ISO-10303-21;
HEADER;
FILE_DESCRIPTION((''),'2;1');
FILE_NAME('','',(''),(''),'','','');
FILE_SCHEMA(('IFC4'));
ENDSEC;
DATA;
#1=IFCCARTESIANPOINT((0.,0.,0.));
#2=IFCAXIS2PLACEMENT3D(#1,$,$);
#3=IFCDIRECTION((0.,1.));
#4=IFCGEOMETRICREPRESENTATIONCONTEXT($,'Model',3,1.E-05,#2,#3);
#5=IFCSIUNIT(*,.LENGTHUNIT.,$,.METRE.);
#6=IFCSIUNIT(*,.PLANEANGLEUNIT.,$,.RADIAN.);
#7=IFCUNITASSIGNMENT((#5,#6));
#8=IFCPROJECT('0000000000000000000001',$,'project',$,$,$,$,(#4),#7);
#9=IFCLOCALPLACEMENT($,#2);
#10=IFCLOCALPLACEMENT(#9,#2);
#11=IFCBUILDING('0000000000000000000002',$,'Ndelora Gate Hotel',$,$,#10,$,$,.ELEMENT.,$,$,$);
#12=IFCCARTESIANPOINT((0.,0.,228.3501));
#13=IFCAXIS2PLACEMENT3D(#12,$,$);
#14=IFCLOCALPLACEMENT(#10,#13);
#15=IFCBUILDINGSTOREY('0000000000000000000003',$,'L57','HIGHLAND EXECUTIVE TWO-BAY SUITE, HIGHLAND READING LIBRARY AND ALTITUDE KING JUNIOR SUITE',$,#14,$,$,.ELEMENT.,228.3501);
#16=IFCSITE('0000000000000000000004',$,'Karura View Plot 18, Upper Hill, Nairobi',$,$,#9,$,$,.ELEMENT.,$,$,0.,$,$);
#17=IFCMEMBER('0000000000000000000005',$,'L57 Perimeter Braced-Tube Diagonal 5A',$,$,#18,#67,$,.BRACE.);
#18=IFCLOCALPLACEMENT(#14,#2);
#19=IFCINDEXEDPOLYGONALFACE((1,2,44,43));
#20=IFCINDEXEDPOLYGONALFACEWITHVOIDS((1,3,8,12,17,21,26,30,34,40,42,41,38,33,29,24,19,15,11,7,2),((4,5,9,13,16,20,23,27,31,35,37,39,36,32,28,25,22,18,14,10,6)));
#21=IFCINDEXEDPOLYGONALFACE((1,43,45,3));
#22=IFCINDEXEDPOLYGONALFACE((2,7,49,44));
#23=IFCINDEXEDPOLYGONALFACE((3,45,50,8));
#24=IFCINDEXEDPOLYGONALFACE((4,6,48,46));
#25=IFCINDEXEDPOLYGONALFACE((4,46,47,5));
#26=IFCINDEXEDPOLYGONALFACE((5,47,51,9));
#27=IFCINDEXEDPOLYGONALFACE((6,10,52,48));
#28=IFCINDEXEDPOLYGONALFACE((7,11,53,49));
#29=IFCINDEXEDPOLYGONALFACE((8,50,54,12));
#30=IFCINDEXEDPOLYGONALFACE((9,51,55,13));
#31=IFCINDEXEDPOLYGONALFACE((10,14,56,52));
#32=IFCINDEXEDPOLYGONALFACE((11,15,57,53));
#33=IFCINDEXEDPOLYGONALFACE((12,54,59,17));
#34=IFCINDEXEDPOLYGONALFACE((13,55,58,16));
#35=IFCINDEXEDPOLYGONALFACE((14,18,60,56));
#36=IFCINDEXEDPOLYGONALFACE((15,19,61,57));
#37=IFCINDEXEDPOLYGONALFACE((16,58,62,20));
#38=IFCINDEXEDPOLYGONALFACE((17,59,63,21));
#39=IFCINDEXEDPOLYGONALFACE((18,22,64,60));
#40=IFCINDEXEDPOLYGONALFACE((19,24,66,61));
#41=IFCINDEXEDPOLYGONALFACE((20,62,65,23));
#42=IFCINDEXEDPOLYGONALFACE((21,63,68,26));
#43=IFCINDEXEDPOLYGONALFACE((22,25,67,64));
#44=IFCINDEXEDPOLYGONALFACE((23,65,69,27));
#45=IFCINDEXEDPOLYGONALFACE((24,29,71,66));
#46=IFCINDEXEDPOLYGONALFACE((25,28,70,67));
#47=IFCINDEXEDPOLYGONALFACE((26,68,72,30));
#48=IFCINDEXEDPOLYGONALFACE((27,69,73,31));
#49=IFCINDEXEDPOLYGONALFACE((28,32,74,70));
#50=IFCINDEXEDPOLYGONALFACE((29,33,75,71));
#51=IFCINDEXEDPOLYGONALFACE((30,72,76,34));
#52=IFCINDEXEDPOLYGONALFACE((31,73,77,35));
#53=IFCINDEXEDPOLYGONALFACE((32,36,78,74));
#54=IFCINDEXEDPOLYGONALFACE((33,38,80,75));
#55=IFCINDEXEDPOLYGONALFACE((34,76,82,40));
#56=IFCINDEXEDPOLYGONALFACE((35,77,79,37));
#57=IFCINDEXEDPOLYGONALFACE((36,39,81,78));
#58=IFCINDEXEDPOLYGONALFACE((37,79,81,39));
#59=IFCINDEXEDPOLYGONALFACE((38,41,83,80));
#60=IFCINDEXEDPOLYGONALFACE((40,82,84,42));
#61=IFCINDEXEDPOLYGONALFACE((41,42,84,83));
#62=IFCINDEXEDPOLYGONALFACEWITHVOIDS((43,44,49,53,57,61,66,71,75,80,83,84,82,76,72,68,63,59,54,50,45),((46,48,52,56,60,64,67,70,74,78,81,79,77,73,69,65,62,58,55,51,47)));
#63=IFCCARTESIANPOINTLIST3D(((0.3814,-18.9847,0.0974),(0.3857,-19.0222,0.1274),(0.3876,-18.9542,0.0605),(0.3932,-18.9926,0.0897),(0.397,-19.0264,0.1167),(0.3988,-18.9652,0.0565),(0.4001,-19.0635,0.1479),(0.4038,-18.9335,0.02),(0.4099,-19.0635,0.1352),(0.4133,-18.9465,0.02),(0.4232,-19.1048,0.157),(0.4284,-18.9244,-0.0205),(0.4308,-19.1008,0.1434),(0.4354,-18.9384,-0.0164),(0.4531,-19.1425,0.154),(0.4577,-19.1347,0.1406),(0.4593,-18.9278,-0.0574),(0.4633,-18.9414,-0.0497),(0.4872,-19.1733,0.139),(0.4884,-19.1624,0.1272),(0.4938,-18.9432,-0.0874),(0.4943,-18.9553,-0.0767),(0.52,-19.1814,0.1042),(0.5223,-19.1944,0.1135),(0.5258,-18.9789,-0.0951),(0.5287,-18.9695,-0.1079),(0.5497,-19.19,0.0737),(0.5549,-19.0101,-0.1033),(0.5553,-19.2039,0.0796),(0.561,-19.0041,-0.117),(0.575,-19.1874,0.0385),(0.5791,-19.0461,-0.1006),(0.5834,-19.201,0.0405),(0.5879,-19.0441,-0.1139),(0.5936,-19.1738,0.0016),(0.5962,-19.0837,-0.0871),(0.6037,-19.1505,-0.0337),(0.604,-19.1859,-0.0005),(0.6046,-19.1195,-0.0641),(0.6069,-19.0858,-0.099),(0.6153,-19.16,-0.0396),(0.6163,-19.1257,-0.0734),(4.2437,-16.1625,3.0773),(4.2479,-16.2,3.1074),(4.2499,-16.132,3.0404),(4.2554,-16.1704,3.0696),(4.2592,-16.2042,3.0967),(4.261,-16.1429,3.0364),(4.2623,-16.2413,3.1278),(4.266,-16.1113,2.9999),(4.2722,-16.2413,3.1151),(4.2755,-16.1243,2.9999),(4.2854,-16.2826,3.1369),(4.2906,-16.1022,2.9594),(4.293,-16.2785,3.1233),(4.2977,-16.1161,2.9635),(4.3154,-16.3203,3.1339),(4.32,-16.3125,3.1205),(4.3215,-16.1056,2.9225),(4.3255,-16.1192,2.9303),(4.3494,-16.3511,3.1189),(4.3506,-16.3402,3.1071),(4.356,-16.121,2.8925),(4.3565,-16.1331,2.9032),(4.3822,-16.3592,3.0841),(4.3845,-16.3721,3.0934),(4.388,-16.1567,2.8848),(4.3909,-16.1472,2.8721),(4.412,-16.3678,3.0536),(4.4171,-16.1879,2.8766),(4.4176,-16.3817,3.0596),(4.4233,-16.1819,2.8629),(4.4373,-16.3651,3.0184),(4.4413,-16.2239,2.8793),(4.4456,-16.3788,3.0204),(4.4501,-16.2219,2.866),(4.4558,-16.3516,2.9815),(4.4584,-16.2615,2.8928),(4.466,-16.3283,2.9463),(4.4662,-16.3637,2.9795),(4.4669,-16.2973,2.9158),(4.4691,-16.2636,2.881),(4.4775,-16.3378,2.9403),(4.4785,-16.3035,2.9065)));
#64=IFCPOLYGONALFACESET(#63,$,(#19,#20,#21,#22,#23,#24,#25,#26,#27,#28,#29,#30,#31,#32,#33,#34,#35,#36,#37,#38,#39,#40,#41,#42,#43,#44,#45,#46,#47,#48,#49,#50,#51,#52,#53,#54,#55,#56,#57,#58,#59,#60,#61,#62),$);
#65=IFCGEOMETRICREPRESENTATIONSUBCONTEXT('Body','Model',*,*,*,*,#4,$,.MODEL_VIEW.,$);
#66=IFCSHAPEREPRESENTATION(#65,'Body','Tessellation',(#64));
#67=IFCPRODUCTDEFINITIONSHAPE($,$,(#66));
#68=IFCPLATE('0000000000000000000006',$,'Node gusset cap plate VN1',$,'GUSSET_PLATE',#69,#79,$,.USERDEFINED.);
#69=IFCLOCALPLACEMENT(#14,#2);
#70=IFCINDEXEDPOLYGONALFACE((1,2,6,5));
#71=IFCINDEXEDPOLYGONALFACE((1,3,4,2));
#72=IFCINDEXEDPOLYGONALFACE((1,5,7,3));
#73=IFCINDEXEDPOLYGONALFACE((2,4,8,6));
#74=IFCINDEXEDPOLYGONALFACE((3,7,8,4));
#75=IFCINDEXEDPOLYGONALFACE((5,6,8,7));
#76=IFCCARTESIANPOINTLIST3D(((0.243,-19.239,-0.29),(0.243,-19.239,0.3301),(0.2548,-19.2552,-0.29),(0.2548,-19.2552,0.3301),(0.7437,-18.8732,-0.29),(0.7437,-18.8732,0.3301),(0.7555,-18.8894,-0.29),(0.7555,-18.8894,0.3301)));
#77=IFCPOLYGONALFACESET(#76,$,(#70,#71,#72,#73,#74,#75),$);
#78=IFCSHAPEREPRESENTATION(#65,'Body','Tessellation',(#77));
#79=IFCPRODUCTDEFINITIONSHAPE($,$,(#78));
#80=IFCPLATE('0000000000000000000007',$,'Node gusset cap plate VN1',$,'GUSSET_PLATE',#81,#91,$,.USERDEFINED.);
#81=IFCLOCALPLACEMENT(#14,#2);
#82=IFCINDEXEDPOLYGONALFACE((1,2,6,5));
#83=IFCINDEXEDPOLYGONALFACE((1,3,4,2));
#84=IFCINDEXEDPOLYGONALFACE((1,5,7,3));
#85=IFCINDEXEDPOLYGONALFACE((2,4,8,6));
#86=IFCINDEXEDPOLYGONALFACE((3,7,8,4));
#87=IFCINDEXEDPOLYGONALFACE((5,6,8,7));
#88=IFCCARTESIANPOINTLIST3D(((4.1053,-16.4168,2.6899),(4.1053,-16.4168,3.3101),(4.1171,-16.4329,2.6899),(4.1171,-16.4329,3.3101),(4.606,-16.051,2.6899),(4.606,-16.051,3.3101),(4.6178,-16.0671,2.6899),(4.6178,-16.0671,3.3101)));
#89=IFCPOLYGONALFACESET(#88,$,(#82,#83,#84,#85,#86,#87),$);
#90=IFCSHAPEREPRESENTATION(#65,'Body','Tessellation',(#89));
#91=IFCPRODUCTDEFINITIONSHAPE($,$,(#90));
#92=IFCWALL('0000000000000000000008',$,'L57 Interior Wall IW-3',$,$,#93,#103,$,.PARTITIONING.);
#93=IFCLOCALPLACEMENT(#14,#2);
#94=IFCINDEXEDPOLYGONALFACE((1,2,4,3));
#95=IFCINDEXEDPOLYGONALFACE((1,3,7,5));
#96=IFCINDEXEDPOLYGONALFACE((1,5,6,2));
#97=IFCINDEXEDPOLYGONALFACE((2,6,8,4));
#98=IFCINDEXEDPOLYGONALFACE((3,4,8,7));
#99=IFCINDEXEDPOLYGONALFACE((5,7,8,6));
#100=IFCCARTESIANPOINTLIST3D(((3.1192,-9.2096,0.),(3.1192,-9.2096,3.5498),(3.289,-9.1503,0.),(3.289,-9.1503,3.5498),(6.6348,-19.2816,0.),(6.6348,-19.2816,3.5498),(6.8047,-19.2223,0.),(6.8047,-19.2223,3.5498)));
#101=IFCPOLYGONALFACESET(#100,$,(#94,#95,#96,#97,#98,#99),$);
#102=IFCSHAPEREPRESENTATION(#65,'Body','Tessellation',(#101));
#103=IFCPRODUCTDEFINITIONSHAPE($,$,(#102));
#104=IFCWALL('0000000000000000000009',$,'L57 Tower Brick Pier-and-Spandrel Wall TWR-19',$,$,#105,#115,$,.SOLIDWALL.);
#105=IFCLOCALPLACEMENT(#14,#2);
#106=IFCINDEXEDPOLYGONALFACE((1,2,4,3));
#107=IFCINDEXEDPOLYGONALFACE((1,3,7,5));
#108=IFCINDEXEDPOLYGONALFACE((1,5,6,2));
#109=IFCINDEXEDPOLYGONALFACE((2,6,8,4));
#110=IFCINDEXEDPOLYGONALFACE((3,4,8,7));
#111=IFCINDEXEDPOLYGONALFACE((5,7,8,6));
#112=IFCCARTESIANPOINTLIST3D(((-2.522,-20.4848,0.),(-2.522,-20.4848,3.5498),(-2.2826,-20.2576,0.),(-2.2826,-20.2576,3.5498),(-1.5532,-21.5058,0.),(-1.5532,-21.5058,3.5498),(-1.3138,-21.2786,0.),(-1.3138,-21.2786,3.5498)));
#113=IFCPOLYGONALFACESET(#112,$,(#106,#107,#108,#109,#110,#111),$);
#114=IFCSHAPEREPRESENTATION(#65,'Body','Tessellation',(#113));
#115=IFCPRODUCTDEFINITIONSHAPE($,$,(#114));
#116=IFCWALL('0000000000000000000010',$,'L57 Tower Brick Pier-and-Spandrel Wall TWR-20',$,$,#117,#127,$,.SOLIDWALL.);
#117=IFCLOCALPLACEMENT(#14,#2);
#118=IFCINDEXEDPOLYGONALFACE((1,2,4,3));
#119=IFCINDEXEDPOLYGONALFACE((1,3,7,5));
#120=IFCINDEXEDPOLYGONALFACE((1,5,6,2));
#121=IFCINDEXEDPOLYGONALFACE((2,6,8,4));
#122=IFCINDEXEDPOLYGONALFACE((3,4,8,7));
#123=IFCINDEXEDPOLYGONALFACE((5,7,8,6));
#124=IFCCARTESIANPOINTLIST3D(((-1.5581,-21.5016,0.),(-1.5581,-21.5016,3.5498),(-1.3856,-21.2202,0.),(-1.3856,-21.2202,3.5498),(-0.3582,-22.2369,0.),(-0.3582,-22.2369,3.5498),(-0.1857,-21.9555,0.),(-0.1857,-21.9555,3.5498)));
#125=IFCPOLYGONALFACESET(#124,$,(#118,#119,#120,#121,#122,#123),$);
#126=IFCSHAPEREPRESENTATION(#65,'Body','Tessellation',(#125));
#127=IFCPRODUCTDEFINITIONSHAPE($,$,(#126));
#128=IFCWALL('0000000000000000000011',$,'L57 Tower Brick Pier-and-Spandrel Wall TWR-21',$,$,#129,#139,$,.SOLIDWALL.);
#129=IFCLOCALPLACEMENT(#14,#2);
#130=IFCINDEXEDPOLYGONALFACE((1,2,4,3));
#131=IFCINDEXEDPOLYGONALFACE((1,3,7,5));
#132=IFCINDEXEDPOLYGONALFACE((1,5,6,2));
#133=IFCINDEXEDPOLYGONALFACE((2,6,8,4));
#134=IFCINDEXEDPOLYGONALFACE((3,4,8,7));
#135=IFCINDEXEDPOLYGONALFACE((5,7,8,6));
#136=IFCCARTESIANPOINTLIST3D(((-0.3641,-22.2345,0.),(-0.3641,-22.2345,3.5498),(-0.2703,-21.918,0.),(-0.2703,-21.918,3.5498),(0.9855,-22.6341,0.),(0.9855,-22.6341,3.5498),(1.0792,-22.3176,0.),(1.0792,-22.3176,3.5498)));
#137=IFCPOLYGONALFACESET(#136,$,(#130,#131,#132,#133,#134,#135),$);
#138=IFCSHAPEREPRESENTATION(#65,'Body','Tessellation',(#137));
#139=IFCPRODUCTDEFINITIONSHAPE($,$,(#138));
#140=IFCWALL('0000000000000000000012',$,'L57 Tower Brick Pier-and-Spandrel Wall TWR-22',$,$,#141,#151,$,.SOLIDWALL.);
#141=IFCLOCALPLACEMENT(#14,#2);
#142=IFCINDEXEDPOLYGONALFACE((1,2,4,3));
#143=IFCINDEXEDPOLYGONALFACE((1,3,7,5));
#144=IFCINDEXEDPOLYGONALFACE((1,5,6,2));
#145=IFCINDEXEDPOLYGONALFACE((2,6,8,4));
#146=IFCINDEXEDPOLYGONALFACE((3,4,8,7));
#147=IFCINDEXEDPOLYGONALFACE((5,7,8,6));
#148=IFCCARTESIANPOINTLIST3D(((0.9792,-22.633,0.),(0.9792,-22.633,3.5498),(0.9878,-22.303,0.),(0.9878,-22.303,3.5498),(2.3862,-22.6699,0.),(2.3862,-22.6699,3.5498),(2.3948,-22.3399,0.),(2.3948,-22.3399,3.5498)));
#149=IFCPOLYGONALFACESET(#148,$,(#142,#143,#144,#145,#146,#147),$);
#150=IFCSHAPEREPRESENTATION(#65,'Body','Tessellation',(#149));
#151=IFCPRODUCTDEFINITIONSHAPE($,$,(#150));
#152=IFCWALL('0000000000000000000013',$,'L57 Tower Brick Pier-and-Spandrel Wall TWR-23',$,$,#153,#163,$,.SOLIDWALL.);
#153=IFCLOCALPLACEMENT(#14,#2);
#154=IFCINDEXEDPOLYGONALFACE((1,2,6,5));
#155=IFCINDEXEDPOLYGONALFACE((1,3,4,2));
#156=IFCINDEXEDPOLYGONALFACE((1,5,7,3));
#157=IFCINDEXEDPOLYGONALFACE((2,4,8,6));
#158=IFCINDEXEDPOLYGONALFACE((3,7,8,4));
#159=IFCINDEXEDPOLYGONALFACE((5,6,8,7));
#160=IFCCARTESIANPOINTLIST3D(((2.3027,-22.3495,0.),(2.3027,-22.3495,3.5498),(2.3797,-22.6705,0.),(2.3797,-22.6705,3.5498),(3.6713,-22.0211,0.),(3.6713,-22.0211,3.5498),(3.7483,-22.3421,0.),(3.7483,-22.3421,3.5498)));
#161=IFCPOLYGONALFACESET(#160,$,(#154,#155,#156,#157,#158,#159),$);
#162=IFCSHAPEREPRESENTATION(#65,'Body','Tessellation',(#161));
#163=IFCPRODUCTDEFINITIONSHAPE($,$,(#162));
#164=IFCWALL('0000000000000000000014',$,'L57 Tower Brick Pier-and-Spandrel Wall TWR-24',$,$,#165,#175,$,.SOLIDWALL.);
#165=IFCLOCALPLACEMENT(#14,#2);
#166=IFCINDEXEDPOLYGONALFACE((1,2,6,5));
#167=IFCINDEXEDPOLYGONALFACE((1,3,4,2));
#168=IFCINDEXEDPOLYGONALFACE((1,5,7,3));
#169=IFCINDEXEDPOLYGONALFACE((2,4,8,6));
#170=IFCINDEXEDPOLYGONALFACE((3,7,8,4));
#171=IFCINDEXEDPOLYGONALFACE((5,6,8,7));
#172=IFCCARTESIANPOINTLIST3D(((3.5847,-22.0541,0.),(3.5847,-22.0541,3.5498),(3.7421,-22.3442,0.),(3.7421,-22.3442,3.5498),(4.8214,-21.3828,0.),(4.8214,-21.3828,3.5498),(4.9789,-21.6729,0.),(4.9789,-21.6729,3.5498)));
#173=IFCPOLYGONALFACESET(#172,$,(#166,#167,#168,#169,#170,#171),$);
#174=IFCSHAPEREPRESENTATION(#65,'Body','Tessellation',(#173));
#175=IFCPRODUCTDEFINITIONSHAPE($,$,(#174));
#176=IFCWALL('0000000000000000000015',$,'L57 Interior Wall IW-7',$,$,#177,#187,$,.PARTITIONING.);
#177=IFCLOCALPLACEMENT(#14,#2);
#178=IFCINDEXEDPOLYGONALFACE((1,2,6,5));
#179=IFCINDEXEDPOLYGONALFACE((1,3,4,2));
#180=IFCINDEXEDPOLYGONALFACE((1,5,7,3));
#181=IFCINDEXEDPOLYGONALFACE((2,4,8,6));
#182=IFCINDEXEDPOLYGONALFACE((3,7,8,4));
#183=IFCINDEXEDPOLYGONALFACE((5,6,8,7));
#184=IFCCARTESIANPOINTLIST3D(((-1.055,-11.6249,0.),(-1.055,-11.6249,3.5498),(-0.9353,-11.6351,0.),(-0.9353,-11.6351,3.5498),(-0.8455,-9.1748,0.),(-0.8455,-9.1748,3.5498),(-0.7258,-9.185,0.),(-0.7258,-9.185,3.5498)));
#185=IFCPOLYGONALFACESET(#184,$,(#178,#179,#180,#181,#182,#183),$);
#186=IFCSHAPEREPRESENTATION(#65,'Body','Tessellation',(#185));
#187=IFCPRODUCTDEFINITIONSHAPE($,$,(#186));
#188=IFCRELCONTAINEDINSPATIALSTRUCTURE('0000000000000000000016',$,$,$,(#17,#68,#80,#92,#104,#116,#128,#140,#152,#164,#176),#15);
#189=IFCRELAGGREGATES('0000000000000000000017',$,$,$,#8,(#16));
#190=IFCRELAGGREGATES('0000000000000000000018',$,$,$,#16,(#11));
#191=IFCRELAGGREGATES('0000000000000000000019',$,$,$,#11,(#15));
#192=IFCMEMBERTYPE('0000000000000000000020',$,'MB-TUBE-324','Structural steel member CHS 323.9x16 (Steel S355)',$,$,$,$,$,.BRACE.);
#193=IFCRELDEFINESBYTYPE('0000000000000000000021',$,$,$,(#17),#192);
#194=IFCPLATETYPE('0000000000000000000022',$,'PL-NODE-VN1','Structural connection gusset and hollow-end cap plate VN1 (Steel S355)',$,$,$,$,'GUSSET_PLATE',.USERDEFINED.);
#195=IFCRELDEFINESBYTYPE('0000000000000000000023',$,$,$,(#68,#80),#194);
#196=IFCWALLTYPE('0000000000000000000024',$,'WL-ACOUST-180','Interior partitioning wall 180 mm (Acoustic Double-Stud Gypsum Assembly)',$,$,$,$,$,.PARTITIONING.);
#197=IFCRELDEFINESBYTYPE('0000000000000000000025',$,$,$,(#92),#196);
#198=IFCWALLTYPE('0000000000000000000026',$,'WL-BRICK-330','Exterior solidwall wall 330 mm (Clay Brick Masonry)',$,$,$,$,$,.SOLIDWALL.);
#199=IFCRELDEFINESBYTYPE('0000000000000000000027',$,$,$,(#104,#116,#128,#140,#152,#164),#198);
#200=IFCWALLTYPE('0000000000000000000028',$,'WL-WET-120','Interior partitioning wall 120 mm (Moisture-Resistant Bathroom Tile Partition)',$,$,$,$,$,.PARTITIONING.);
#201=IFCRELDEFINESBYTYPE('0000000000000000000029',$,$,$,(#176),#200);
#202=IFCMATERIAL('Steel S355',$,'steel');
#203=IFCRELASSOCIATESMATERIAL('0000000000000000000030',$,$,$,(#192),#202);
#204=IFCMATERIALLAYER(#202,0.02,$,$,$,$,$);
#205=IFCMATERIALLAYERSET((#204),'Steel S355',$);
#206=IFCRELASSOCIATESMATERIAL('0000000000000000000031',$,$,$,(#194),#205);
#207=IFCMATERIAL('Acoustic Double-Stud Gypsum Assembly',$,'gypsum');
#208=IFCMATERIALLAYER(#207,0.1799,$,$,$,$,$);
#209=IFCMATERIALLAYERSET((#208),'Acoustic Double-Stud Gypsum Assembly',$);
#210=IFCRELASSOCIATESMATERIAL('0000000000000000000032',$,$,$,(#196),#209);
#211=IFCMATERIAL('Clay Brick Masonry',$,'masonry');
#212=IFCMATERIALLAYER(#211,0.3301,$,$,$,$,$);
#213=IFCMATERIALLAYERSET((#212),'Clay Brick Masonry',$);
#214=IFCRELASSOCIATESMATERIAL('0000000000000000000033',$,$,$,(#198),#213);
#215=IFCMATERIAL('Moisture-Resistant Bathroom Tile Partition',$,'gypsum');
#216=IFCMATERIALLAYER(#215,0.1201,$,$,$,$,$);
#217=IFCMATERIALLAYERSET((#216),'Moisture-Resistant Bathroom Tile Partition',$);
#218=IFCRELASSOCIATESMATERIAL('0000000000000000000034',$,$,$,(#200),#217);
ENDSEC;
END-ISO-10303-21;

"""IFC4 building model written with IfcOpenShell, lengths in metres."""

from ifc_helpers import new_model, si_unit, direction, frame, frame_2d, origin, origin_2d, place, context, subcontext, project, spatial, rectangle, hollow_circle, extrude, material, layer, layer_set, material_profile, profile_set, type_object, element, save


model = new_model("IFC4")

# Units and contexts
model_context = context("Model", 3, precision=1e-05, world=origin(), true_north=direction((0.0, 1.0)))
body_context = subcontext(model_context, "Body", "Model", "MODEL_VIEW")
ifc_project = project(units=[si_unit("LENGTHUNIT", "METRE"), si_unit("PLANEANGLEUNIT", "RADIAN")], contexts=[model_context])

# Site, building, storey
site_placement = place(None, origin())
site = spatial("IfcSite", under=ifc_project, at=site_placement, Name="Karura View Plot 18, Upper Hill, Nairobi", CompositionType="ELEMENT", RefElevation=0.0)
building_placement = place(site_placement, origin())
building = spatial("IfcBuilding", under=site, at=building_placement, Name="Ndelora Gate Hotel", CompositionType="ELEMENT")
storey_placement = place(building_placement, frame((0.0, 0.0, 228.3501)))
storey = spatial("IfcBuildingStorey", under=building, at=storey_placement, Name="L57", Description="HIGHLAND EXECUTIVE TWO-BAY SUITE, HIGHLAND READING LIBRARY AND ALTITUDE KING JUNIOR SUITE", CompositionType="ELEMENT", Elevation=228.3501)

# Shared definitions
ifc_material_1 = material(Name="Steel S355", Category="steel")

# Member
ifc_material_profile_1 = material_profile(ifc_material_1, hollow_circle(Radius=0.1619, WallThickness=0.0161, at=origin_2d()), Name="CHS 323.9x16")
ifc_profile_set_1 = profile_set([ifc_material_profile_1], Name="Steel S355")
member_type = type_object("IfcMemberType", Name="MB-TUBE-324", Description="Structural steel member CHS 323.9x16 (Steel S355)", PredefinedType="BRACE", material=ifc_profile_set_1)
member_placement = place(storey_placement, frame((0.4993, -19.0642, 0.02), z_axis=(0.685309, 0.50077, 0.528754), x_axis=(-0.589991, 0.80741, 0.0)))
element("IfcMember", 1, at=member_placement, inside=storey, type_object=member_type, Name="L57 Perimeter Braced-Tube Diagonal 5A", PredefinedType="BRACE", context=body_context, shape_type="SweptSolid", body=[
    extrude(hollow_circle(Radius=0.1619, WallThickness=0.0161, at=origin_2d()), origin(), (0.0, 0.0, 1.0), 5.6357),
])

# Plates
ifc_layer_1 = layer(ifc_material_1, 0.02)
ifc_layer_set_1 = layer_set([ifc_layer_1], Name="Steel S355")
plate_type = type_object("IfcPlateType", Name="PL-NODE-VN1", Description="Structural connection gusset and hollow-end cap plate VN1 (Steel S355)", ElementType="GUSSET_PLATE", PredefinedType="USERDEFINED", material=ifc_layer_set_1)
for number, where, z_axis, x_axis, name in (
    (2, (0.4993, -19.0642, -0.29), (0.0, 0.0, 1.0), (0.807475, 0.589901, 0.0), "Node gusset cap plate VN1"),
    (3, (4.3616, -16.2419, 2.6899), (0.0, 0.0, 1.0), (0.807475, 0.589901, 0.0), "Node gusset cap plate VN1"),
):
    element("IfcPlate", number, at=place(storey_placement, frame(where, z_axis=z_axis, x_axis=x_axis)), inside=storey, type_object=plate_type, Name=name, ObjectType="GUSSET_PLATE", PredefinedType="USERDEFINED", context=body_context, shape_type="SweptSolid", body=[
        extrude(rectangle(XDim=0.6201, YDim=0.02, at=origin_2d()), origin(), (0.0, 0.0, 1.0), 0.6201),
    ])

# Walls
ifc_material_2 = material(Name="Acoustic Double-Stud Gypsum Assembly", Category="gypsum")
ifc_layer_2 = layer(ifc_material_2, 0.1799)
ifc_layer_set_2 = layer_set([ifc_layer_2], Name="Acoustic Double-Stud Gypsum Assembly")
wall_type_1 = type_object("IfcWallType", Name="WL-ACOUST-180", Description="Interior partitioning wall 180 mm (Acoustic Double-Stud Gypsum Assembly)", PredefinedType="PARTITIONING", material=ifc_layer_set_2)
wall_1_placement = place(storey_placement, frame((3.2041, -9.1799, 0.0), z_axis=(0.0, 0.0, 1.0), x_axis=(0.32955, -0.944138, 0.0)))
element("IfcWall", 4, at=wall_1_placement, inside=storey, type_object=wall_type_1, Name="L57 Interior Wall IW-3", PredefinedType="PARTITIONING", context=body_context, shape_type="SweptSolid", body=[
    extrude(rectangle(XDim=10.668, YDim=0.1799, at=frame_2d((5.334, 0.0))), origin(), (0.0, 0.0, 1.0), 3.5498),
])
ifc_material_3 = material(Name="Clay Brick Masonry", Category="masonry")
ifc_layer_3 = layer(ifc_material_3, 0.3301)
ifc_layer_set_3 = layer_set([ifc_layer_3], Name="Clay Brick Masonry")
wall_type_2 = type_object("IfcWallType", Name="WL-BRICK-330", Description="Exterior solidwall wall 330 mm (Clay Brick Masonry)", PredefinedType="SOLIDWALL", material=ifc_layer_set_3)
wall_2_placement = place(storey_placement, frame((-1.4336, -21.3921, 0.0), z_axis=(0.0, 0.0, 1.0), x_axis=(-0.688303, 0.725424, 0.0)))
element("IfcWall", 5, at=wall_2_placement, inside=storey, type_object=wall_type_2, Name="L57 Tower Brick Pier-and-Spandrel Wall TWR-19", PredefinedType="SOLIDWALL", context=body_context, shape_type="SweptSolid", body=[
    extrude(rectangle(XDim=1.4075, YDim=0.3301, at=frame_2d((0.7036, 0.0))), origin(), (0.0, 0.0, 1.0), 3.5498),
])
wall_3_placement = place(storey_placement, frame((-0.272, -22.0962, 0.0), z_axis=(0.0, 0.0, 1.0), x_axis=(-0.852634, 0.522509, 0.0)))
element("IfcWall", 6, at=wall_3_placement, inside=storey, type_object=wall_type_2, Name="L57 Tower Brick Pier-and-Spandrel Wall TWR-20", PredefinedType="SOLIDWALL", context=body_context, shape_type="SweptSolid", body=[
    extrude(rectangle(XDim=1.4072, YDim=0.3301, at=frame_2d((0.7036, 0.0))), origin(), (0.0, 0.0, 1.0), 3.5498),
])
for number, where, z_axis, x_axis, name in (
    (7, (1.0322, -22.4758, 0.0), (0.0, 0.0, 1.0), (-0.958842, 0.283941, 0.0), "L57 Tower Brick Pier-and-Spandrel Wall TWR-21"),
    (8, (2.3904, -22.5049, 0.0), (0.0, 0.0, 1.0), (-0.999657, 0.026193, 0.0), "L57 Tower Brick Pier-and-Spandrel Wall TWR-22"),
    (9, (3.7097, -22.1816, 0.0), (0.0, 0.0, 1.0), (-0.972405, -0.233301, 0.0), "L57 Tower Brick Pier-and-Spandrel Wall TWR-23"),
):
    element("IfcWall", number, at=place(storey_placement, frame(where, z_axis=z_axis, x_axis=x_axis)), inside=storey, type_object=wall_type_2, Name=name, PredefinedType="SOLIDWALL", context=body_context, shape_type="SweptSolid", body=[
        extrude(rectangle(XDim=1.4075, YDim=0.3301, at=frame_2d((0.7036, 0.0))), origin(), (0.0, 0.0, 1.0), 3.5498),
    ])
wall_4_placement = place(storey_placement, frame((4.9001, -21.5278, 0.0), z_axis=(0.0, 0.0, 1.0), x_axis=(-0.878862, -0.477077, 0.0)))
element("IfcWall", 10, at=wall_4_placement, inside=storey, type_object=wall_type_2, Name="L57 Tower Brick Pier-and-Spandrel Wall TWR-24", PredefinedType="SOLIDWALL", context=body_context, shape_type="SweptSolid", body=[
    extrude(rectangle(XDim=1.4072, YDim=0.3301, at=frame_2d((0.7036, 0.0))), origin(), (0.0, 0.0, 1.0), 3.5498),
])
ifc_material_4 = material(Name="Moisture-Resistant Bathroom Tile Partition", Category="gypsum")
ifc_layer_4 = layer(ifc_material_4, 0.1201)
ifc_layer_set_4 = layer_set([ifc_layer_4], Name="Moisture-Resistant Bathroom Tile Partition")
wall_type_3 = type_object("IfcWallType", Name="WL-WET-120", Description="Interior partitioning wall 120 mm (Moisture-Resistant Bathroom Tile Partition)", PredefinedType="PARTITIONING", material=ifc_layer_set_4)
wall_5_placement = place(storey_placement, frame((-0.7856, -9.1799, 0.0), z_axis=(0.0, 0.0, 1.0), x_axis=(-0.08519, -0.996365, 0.0)))
element("IfcWall", 11, at=wall_5_placement, inside=storey, type_object=wall_type_3, Name="L57 Interior Wall IW-7", PredefinedType="PARTITIONING", context=body_context, shape_type="SweptSolid", body=[
    extrude(rectangle(XDim=2.459, YDim=0.1201, at=frame_2d((1.2295, 0.0))), origin(), (0.0, 0.0, 1.0), 3.5498),
])

save(model, "model.ifc")
